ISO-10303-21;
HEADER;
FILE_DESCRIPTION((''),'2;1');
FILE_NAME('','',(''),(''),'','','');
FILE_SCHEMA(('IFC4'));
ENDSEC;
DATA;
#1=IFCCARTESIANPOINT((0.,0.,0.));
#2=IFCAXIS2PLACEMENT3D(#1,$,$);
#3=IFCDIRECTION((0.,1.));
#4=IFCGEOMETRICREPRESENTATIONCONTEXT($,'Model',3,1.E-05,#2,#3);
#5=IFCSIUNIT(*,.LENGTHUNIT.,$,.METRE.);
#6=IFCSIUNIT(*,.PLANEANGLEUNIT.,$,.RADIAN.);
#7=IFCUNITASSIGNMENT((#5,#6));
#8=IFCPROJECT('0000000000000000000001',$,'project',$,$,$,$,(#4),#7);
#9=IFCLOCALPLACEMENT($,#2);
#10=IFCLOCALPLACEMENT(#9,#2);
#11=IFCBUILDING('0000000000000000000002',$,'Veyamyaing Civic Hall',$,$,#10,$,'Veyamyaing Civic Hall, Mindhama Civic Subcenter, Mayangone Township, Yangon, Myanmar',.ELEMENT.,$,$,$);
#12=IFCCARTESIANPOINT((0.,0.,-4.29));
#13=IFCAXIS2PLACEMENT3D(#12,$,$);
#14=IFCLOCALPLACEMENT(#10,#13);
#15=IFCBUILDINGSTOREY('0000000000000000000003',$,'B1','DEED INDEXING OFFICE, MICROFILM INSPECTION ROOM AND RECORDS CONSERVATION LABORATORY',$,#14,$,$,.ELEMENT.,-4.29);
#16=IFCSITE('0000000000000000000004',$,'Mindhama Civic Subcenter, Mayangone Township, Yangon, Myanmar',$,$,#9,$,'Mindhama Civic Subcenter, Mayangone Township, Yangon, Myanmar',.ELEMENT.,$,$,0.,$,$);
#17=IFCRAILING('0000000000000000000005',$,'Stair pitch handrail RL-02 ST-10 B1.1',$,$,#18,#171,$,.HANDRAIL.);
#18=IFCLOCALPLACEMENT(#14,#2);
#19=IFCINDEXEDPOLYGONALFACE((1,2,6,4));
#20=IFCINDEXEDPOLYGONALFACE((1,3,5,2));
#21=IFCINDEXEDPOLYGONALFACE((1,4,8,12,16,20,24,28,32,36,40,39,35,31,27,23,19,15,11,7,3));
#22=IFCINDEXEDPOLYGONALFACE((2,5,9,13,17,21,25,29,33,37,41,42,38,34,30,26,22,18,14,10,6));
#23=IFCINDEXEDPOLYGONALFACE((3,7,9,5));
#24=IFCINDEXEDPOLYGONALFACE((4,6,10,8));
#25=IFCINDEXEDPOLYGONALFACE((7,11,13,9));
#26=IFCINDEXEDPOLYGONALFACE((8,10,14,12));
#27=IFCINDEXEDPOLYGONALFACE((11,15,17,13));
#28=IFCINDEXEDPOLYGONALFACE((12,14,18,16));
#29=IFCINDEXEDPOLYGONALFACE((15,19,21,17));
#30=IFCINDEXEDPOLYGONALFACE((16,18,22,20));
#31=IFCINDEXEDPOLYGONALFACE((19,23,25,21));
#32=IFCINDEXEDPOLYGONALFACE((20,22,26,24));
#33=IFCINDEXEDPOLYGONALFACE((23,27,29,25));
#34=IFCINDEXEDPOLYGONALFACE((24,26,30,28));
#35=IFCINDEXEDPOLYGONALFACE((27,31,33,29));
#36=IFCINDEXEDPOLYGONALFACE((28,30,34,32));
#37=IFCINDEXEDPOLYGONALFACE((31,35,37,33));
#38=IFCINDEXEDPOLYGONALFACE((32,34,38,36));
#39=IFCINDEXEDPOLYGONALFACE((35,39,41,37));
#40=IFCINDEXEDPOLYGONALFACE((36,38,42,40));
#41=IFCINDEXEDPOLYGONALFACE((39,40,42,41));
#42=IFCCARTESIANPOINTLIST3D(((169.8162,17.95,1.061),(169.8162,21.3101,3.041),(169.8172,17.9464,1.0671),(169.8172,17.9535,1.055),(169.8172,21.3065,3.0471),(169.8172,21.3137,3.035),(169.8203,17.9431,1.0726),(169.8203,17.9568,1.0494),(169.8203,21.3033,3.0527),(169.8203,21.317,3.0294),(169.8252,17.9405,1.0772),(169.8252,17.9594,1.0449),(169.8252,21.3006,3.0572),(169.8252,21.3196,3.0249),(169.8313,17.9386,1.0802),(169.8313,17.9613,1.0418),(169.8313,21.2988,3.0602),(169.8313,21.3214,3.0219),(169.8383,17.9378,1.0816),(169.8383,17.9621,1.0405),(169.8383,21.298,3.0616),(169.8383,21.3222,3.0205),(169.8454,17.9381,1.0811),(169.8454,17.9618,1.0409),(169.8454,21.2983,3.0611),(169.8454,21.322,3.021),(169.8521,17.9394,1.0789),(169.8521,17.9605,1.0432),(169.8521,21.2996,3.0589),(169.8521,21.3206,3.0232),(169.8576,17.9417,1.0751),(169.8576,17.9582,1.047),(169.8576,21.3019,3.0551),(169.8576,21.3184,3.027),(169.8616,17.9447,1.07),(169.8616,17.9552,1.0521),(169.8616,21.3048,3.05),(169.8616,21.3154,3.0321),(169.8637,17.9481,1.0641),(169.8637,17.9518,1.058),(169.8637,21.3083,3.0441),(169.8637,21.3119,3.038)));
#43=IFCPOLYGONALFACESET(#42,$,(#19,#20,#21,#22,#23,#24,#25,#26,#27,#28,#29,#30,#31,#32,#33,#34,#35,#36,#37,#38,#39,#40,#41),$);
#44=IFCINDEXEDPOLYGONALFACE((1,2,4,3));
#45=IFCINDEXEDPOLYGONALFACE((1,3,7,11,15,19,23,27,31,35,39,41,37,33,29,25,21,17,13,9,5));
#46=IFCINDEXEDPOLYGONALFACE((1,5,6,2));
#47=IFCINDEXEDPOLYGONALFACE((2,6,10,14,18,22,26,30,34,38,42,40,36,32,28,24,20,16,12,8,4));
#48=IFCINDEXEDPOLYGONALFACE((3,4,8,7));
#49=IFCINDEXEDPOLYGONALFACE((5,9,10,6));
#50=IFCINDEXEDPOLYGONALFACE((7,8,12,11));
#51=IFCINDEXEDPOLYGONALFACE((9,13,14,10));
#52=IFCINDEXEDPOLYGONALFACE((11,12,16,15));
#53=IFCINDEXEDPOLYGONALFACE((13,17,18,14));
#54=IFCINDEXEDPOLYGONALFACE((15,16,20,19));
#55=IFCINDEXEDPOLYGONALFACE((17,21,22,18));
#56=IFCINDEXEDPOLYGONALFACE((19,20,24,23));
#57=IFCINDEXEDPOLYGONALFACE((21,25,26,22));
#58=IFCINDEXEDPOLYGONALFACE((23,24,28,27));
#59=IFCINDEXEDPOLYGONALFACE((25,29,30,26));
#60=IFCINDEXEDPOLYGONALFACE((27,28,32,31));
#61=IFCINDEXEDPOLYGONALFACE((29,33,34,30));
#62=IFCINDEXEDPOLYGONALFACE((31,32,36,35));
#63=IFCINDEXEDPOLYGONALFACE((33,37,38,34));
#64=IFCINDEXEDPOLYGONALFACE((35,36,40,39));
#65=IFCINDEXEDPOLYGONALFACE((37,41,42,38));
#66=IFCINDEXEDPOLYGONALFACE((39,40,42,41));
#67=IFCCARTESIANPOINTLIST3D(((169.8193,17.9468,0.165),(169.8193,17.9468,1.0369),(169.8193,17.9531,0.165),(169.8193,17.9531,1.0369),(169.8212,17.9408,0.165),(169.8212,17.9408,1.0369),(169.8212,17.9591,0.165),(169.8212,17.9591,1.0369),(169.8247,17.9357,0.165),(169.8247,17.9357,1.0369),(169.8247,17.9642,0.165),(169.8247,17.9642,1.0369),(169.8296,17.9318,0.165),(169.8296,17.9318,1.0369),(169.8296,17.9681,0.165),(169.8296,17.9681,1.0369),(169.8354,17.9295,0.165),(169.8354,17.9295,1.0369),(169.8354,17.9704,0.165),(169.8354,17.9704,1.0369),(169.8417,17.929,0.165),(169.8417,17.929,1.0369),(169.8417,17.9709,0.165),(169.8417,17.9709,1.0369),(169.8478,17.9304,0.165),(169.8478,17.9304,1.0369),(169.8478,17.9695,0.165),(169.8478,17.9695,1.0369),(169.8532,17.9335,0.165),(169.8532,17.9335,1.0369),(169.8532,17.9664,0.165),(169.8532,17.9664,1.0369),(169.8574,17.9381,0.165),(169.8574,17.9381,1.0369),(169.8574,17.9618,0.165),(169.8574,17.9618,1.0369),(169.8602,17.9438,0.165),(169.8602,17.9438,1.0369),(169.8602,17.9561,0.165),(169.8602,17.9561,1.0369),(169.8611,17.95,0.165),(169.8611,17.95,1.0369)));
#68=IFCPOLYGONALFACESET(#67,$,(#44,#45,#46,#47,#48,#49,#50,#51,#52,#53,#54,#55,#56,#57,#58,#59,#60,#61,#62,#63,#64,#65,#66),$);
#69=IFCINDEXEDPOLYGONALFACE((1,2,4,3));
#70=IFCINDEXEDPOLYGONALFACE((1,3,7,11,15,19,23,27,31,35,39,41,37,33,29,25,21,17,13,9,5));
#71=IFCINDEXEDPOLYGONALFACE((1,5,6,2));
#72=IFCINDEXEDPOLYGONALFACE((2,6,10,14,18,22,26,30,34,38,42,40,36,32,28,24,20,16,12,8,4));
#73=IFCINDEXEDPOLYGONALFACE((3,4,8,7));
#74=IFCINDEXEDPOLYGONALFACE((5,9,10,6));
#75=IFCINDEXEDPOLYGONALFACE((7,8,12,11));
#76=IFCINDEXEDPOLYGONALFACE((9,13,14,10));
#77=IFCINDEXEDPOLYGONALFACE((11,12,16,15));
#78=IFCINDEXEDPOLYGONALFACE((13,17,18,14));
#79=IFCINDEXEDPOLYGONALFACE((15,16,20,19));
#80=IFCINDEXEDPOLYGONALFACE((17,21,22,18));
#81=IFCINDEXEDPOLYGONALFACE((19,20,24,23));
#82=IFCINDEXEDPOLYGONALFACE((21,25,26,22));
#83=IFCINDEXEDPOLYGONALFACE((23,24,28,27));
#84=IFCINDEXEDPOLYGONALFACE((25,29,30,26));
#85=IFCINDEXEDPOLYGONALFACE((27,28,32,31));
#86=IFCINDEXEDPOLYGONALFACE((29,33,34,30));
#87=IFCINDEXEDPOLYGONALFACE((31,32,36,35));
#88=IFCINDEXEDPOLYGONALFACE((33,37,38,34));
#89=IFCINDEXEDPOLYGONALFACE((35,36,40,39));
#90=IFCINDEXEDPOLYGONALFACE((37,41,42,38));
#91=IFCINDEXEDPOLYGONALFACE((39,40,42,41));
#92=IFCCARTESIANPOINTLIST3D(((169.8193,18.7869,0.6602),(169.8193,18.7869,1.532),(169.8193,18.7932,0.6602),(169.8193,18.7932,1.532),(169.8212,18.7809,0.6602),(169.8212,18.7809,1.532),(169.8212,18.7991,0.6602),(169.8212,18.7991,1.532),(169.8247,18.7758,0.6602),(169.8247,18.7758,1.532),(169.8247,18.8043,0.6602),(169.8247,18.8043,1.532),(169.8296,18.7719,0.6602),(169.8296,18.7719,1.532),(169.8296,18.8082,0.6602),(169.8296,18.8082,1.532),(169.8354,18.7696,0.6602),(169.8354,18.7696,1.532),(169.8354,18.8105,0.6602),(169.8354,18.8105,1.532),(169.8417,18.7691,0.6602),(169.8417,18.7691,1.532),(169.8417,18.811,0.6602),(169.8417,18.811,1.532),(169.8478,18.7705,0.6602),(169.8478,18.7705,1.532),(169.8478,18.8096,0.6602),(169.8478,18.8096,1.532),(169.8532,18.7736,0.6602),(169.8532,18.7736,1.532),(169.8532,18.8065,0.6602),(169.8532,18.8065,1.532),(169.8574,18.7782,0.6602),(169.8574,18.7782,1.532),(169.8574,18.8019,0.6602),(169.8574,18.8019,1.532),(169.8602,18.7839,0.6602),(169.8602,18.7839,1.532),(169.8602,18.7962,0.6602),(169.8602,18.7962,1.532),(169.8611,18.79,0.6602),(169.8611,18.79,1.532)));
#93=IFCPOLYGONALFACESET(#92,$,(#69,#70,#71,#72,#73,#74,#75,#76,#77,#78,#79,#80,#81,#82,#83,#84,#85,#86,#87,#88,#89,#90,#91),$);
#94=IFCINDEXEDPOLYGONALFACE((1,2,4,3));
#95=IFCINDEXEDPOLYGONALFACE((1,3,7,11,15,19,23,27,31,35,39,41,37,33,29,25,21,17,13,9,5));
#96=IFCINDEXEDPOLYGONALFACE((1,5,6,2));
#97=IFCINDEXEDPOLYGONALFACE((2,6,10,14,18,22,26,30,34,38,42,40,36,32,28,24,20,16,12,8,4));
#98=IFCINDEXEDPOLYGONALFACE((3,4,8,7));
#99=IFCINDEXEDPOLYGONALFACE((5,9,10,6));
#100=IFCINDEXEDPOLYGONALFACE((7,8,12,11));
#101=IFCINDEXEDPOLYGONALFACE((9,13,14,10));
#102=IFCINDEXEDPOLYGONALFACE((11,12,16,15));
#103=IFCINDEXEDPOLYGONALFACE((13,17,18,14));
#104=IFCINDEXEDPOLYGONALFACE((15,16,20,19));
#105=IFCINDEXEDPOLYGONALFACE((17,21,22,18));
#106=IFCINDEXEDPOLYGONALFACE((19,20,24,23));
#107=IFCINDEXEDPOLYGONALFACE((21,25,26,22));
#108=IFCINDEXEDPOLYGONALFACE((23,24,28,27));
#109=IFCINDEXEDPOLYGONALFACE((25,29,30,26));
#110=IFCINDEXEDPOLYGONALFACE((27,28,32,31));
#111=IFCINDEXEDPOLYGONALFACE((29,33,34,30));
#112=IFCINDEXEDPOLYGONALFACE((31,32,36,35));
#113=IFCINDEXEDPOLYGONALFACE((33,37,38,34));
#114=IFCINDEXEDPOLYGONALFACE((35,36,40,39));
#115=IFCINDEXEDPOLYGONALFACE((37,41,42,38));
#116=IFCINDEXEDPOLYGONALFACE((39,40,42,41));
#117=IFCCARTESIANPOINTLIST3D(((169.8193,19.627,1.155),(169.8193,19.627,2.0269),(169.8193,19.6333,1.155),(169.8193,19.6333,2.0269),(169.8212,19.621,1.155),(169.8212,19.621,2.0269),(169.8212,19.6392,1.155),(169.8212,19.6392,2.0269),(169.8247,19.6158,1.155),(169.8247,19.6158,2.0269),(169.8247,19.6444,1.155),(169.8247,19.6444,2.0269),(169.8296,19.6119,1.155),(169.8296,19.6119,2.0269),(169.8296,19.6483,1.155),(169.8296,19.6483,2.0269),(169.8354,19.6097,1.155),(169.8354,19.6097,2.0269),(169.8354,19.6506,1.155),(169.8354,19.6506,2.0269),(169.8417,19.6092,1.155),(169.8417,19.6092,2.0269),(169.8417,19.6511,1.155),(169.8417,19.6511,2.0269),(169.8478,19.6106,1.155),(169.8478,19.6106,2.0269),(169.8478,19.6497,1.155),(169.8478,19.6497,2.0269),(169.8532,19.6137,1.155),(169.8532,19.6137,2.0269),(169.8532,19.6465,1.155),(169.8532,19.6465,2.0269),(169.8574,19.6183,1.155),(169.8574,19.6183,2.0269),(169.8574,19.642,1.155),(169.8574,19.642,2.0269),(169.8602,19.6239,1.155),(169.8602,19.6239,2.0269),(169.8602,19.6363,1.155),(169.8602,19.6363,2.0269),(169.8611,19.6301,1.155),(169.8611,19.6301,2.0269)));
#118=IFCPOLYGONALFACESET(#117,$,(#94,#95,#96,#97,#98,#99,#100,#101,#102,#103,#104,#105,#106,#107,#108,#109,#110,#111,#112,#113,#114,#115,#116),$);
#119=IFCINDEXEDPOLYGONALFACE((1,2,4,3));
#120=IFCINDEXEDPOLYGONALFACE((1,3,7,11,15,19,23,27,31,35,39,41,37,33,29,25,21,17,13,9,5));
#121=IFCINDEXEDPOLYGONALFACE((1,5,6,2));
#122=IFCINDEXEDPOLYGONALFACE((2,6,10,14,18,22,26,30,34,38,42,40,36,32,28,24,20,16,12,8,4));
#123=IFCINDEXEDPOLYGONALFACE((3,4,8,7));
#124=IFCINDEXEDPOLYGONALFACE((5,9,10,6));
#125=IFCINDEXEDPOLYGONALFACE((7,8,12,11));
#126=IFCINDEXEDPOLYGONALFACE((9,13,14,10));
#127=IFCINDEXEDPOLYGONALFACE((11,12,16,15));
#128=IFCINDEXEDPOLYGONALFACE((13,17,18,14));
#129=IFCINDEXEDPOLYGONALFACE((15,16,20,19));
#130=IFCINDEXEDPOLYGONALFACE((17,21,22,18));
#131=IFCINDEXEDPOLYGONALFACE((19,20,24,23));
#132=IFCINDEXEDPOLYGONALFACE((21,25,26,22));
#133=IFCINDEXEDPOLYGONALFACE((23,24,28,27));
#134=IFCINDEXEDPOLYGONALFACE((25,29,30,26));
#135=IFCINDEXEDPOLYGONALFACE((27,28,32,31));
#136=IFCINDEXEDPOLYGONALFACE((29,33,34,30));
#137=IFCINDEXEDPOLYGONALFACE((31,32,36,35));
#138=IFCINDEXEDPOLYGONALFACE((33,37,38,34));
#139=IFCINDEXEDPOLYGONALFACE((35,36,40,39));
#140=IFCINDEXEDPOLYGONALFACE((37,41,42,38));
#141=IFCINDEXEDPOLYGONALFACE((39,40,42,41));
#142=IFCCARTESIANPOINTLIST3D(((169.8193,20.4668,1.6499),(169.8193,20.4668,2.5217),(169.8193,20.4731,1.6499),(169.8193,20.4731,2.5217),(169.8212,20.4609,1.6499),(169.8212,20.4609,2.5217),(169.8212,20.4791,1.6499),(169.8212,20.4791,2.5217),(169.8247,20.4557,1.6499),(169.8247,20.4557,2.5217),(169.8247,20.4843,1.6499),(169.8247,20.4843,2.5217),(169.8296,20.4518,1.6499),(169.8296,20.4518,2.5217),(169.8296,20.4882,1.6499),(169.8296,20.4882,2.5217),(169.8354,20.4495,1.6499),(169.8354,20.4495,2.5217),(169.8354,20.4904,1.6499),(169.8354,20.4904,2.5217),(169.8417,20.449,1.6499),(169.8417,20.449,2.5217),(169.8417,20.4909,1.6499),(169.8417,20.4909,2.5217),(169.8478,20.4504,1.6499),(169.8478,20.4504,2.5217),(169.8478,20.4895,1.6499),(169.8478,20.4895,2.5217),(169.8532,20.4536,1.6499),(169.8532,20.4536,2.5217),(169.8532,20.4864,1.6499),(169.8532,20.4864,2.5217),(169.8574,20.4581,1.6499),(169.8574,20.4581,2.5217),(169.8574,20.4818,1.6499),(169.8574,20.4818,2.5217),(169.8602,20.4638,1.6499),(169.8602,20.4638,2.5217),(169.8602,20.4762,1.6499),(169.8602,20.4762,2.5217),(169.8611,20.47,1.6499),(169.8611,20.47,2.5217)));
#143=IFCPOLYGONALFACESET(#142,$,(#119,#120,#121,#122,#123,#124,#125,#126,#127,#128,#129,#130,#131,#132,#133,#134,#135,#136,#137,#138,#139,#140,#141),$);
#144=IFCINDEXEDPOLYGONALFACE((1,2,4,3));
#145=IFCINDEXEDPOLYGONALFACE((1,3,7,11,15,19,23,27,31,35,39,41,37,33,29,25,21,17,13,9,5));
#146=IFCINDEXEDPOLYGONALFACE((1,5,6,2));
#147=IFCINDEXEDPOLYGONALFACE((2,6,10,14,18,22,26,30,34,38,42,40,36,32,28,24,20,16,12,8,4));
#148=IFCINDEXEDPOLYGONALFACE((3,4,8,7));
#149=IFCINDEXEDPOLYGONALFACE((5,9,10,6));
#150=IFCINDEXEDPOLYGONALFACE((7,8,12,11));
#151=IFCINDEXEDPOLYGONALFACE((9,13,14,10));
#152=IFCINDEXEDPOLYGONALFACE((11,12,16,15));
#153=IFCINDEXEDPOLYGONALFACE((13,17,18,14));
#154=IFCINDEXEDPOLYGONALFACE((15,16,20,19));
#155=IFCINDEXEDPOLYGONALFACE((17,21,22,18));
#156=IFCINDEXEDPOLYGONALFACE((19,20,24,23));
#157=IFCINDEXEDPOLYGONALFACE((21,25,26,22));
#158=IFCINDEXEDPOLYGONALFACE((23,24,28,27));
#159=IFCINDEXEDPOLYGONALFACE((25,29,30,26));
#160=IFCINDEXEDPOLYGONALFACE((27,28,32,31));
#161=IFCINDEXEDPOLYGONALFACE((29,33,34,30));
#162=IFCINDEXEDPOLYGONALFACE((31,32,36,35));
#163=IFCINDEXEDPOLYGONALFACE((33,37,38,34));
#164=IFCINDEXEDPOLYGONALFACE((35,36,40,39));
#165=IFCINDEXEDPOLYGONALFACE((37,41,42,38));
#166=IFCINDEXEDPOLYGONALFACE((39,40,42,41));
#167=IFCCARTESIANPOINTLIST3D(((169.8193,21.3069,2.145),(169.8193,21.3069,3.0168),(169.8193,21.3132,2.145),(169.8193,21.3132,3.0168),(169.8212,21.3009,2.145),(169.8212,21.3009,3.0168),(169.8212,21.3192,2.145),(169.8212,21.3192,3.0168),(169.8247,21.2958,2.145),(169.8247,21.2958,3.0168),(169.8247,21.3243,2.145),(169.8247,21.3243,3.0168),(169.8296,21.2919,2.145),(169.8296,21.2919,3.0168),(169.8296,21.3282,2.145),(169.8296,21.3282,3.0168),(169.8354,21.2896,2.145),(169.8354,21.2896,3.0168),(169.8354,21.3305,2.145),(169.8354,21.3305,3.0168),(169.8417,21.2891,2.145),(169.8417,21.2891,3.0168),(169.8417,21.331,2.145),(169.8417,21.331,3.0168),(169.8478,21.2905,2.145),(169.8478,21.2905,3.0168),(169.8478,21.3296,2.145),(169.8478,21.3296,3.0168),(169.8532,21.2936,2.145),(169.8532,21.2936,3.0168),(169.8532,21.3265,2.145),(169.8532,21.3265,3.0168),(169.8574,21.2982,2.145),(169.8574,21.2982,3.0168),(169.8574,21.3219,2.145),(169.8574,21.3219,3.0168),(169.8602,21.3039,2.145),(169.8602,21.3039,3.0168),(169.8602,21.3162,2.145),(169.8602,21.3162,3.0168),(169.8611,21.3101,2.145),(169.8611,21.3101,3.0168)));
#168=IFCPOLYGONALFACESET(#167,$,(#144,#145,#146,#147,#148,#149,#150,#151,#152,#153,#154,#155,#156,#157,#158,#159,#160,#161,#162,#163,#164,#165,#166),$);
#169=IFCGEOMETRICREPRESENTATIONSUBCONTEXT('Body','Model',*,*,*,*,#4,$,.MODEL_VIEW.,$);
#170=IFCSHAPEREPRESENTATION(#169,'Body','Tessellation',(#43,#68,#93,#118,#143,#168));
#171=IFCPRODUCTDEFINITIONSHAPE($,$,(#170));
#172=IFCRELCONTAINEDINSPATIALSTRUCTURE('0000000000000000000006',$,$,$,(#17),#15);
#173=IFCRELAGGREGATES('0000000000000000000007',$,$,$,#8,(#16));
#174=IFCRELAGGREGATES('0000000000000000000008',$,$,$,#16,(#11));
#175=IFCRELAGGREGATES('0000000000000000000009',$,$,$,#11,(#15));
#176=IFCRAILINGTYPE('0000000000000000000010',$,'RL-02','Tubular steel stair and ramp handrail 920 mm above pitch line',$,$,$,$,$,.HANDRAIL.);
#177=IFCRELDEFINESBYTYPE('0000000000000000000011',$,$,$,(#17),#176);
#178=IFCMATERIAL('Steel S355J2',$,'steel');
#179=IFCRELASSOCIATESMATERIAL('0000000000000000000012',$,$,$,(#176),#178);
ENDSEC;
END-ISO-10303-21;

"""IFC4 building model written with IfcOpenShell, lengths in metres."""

from ifc_helpers import new_model, si_unit, direction, frame, origin, origin_2d, place, context, subcontext, project, spatial, circle, extrude, material, type_object, element, save


model = new_model("IFC4")

# Units and contexts
model_context = context("Model", 3, precision=1e-05, world=origin(), true_north=direction((0.0, 1.0)))
body_context = subcontext(model_context, "Body", "Model", "MODEL_VIEW")
ifc_project = project(units=[si_unit("LENGTHUNIT", "METRE"), si_unit("PLANEANGLEUNIT", "RADIAN")], contexts=[model_context])

# Site, building, storey
site_placement = place(None, origin())
site = spatial("IfcSite", under=ifc_project, at=site_placement, Name="Mindhama Civic Subcenter, Mayangone Township, Yangon, Myanmar", LongName="Mindhama Civic Subcenter, Mayangone Township, Yangon, Myanmar", CompositionType="ELEMENT", RefElevation=0.0)
building_placement = place(site_placement, origin())
building = spatial("IfcBuilding", under=site, at=building_placement, Name="Veyamyaing Civic Hall", LongName="Veyamyaing Civic Hall, Mindhama Civic Subcenter, Mayangone Township, Yangon, Myanmar", CompositionType="ELEMENT")
storey_placement = place(building_placement, frame((0.0, 0.0, -4.29)))
storey = spatial("IfcBuildingStorey", under=building, at=storey_placement, Name="B1", Description="DEED INDEXING OFFICE, MICROFILM INSPECTION ROOM AND RECORDS CONSERVATION LABORATORY", CompositionType="ELEMENT", Elevation=-4.29)

# Railing
ifc_material_1 = material(Name="Steel S355J2", Category="steel")
railing_type_1 = type_object("IfcRailingType", Name="RL-02", Description="Tubular steel stair and ramp handrail 920 mm above pitch line", PredefinedType="HANDRAIL", material=ifc_material_1)
railing_1_placement = place(storey_placement, frame((169.8401, 17.95, 0.165)))
element("IfcRailing", 1, at=railing_1_placement, inside=storey, type_object=railing_type_1, Name="Stair pitch handrail RL-02 ST-10 B1.1", PredefinedType="HANDRAIL", context=body_context, shape_type="SweptSolid", body=[
    extrude(circle(Radius=0.0239, at=origin_2d()), frame((0.0, 0.0, 0.896), z_axis=(0.0, 0.861548, 0.507677), x_axis=(-1.0, 0.0, 0.0)), (0.0, 0.0, 1.0), 3.9001),
    extrude(circle(Radius=0.021, at=origin_2d()), origin(), (0.0, 0.0, 1.0), 0.8718),
    extrude(circle(Radius=0.021, at=origin_2d()), frame((0.0, 0.8401, 0.4951)), (0.0, 0.0, 1.0), 0.8718),
    extrude(circle(Radius=0.021, at=origin_2d()), frame((0.0, 1.6802, 0.99)), (0.0, 0.0, 1.0), 0.8718),
    extrude(circle(Radius=0.021, at=origin_2d()), frame((0.0, 2.52, 1.4849)), (0.0, 0.0, 1.0), 0.8718),
    extrude(circle(Radius=0.021, at=origin_2d()), frame((0.0, 3.3601, 1.98)), (0.0, 0.0, 1.0), 0.8718),
])

save(model, "model.ifc")
